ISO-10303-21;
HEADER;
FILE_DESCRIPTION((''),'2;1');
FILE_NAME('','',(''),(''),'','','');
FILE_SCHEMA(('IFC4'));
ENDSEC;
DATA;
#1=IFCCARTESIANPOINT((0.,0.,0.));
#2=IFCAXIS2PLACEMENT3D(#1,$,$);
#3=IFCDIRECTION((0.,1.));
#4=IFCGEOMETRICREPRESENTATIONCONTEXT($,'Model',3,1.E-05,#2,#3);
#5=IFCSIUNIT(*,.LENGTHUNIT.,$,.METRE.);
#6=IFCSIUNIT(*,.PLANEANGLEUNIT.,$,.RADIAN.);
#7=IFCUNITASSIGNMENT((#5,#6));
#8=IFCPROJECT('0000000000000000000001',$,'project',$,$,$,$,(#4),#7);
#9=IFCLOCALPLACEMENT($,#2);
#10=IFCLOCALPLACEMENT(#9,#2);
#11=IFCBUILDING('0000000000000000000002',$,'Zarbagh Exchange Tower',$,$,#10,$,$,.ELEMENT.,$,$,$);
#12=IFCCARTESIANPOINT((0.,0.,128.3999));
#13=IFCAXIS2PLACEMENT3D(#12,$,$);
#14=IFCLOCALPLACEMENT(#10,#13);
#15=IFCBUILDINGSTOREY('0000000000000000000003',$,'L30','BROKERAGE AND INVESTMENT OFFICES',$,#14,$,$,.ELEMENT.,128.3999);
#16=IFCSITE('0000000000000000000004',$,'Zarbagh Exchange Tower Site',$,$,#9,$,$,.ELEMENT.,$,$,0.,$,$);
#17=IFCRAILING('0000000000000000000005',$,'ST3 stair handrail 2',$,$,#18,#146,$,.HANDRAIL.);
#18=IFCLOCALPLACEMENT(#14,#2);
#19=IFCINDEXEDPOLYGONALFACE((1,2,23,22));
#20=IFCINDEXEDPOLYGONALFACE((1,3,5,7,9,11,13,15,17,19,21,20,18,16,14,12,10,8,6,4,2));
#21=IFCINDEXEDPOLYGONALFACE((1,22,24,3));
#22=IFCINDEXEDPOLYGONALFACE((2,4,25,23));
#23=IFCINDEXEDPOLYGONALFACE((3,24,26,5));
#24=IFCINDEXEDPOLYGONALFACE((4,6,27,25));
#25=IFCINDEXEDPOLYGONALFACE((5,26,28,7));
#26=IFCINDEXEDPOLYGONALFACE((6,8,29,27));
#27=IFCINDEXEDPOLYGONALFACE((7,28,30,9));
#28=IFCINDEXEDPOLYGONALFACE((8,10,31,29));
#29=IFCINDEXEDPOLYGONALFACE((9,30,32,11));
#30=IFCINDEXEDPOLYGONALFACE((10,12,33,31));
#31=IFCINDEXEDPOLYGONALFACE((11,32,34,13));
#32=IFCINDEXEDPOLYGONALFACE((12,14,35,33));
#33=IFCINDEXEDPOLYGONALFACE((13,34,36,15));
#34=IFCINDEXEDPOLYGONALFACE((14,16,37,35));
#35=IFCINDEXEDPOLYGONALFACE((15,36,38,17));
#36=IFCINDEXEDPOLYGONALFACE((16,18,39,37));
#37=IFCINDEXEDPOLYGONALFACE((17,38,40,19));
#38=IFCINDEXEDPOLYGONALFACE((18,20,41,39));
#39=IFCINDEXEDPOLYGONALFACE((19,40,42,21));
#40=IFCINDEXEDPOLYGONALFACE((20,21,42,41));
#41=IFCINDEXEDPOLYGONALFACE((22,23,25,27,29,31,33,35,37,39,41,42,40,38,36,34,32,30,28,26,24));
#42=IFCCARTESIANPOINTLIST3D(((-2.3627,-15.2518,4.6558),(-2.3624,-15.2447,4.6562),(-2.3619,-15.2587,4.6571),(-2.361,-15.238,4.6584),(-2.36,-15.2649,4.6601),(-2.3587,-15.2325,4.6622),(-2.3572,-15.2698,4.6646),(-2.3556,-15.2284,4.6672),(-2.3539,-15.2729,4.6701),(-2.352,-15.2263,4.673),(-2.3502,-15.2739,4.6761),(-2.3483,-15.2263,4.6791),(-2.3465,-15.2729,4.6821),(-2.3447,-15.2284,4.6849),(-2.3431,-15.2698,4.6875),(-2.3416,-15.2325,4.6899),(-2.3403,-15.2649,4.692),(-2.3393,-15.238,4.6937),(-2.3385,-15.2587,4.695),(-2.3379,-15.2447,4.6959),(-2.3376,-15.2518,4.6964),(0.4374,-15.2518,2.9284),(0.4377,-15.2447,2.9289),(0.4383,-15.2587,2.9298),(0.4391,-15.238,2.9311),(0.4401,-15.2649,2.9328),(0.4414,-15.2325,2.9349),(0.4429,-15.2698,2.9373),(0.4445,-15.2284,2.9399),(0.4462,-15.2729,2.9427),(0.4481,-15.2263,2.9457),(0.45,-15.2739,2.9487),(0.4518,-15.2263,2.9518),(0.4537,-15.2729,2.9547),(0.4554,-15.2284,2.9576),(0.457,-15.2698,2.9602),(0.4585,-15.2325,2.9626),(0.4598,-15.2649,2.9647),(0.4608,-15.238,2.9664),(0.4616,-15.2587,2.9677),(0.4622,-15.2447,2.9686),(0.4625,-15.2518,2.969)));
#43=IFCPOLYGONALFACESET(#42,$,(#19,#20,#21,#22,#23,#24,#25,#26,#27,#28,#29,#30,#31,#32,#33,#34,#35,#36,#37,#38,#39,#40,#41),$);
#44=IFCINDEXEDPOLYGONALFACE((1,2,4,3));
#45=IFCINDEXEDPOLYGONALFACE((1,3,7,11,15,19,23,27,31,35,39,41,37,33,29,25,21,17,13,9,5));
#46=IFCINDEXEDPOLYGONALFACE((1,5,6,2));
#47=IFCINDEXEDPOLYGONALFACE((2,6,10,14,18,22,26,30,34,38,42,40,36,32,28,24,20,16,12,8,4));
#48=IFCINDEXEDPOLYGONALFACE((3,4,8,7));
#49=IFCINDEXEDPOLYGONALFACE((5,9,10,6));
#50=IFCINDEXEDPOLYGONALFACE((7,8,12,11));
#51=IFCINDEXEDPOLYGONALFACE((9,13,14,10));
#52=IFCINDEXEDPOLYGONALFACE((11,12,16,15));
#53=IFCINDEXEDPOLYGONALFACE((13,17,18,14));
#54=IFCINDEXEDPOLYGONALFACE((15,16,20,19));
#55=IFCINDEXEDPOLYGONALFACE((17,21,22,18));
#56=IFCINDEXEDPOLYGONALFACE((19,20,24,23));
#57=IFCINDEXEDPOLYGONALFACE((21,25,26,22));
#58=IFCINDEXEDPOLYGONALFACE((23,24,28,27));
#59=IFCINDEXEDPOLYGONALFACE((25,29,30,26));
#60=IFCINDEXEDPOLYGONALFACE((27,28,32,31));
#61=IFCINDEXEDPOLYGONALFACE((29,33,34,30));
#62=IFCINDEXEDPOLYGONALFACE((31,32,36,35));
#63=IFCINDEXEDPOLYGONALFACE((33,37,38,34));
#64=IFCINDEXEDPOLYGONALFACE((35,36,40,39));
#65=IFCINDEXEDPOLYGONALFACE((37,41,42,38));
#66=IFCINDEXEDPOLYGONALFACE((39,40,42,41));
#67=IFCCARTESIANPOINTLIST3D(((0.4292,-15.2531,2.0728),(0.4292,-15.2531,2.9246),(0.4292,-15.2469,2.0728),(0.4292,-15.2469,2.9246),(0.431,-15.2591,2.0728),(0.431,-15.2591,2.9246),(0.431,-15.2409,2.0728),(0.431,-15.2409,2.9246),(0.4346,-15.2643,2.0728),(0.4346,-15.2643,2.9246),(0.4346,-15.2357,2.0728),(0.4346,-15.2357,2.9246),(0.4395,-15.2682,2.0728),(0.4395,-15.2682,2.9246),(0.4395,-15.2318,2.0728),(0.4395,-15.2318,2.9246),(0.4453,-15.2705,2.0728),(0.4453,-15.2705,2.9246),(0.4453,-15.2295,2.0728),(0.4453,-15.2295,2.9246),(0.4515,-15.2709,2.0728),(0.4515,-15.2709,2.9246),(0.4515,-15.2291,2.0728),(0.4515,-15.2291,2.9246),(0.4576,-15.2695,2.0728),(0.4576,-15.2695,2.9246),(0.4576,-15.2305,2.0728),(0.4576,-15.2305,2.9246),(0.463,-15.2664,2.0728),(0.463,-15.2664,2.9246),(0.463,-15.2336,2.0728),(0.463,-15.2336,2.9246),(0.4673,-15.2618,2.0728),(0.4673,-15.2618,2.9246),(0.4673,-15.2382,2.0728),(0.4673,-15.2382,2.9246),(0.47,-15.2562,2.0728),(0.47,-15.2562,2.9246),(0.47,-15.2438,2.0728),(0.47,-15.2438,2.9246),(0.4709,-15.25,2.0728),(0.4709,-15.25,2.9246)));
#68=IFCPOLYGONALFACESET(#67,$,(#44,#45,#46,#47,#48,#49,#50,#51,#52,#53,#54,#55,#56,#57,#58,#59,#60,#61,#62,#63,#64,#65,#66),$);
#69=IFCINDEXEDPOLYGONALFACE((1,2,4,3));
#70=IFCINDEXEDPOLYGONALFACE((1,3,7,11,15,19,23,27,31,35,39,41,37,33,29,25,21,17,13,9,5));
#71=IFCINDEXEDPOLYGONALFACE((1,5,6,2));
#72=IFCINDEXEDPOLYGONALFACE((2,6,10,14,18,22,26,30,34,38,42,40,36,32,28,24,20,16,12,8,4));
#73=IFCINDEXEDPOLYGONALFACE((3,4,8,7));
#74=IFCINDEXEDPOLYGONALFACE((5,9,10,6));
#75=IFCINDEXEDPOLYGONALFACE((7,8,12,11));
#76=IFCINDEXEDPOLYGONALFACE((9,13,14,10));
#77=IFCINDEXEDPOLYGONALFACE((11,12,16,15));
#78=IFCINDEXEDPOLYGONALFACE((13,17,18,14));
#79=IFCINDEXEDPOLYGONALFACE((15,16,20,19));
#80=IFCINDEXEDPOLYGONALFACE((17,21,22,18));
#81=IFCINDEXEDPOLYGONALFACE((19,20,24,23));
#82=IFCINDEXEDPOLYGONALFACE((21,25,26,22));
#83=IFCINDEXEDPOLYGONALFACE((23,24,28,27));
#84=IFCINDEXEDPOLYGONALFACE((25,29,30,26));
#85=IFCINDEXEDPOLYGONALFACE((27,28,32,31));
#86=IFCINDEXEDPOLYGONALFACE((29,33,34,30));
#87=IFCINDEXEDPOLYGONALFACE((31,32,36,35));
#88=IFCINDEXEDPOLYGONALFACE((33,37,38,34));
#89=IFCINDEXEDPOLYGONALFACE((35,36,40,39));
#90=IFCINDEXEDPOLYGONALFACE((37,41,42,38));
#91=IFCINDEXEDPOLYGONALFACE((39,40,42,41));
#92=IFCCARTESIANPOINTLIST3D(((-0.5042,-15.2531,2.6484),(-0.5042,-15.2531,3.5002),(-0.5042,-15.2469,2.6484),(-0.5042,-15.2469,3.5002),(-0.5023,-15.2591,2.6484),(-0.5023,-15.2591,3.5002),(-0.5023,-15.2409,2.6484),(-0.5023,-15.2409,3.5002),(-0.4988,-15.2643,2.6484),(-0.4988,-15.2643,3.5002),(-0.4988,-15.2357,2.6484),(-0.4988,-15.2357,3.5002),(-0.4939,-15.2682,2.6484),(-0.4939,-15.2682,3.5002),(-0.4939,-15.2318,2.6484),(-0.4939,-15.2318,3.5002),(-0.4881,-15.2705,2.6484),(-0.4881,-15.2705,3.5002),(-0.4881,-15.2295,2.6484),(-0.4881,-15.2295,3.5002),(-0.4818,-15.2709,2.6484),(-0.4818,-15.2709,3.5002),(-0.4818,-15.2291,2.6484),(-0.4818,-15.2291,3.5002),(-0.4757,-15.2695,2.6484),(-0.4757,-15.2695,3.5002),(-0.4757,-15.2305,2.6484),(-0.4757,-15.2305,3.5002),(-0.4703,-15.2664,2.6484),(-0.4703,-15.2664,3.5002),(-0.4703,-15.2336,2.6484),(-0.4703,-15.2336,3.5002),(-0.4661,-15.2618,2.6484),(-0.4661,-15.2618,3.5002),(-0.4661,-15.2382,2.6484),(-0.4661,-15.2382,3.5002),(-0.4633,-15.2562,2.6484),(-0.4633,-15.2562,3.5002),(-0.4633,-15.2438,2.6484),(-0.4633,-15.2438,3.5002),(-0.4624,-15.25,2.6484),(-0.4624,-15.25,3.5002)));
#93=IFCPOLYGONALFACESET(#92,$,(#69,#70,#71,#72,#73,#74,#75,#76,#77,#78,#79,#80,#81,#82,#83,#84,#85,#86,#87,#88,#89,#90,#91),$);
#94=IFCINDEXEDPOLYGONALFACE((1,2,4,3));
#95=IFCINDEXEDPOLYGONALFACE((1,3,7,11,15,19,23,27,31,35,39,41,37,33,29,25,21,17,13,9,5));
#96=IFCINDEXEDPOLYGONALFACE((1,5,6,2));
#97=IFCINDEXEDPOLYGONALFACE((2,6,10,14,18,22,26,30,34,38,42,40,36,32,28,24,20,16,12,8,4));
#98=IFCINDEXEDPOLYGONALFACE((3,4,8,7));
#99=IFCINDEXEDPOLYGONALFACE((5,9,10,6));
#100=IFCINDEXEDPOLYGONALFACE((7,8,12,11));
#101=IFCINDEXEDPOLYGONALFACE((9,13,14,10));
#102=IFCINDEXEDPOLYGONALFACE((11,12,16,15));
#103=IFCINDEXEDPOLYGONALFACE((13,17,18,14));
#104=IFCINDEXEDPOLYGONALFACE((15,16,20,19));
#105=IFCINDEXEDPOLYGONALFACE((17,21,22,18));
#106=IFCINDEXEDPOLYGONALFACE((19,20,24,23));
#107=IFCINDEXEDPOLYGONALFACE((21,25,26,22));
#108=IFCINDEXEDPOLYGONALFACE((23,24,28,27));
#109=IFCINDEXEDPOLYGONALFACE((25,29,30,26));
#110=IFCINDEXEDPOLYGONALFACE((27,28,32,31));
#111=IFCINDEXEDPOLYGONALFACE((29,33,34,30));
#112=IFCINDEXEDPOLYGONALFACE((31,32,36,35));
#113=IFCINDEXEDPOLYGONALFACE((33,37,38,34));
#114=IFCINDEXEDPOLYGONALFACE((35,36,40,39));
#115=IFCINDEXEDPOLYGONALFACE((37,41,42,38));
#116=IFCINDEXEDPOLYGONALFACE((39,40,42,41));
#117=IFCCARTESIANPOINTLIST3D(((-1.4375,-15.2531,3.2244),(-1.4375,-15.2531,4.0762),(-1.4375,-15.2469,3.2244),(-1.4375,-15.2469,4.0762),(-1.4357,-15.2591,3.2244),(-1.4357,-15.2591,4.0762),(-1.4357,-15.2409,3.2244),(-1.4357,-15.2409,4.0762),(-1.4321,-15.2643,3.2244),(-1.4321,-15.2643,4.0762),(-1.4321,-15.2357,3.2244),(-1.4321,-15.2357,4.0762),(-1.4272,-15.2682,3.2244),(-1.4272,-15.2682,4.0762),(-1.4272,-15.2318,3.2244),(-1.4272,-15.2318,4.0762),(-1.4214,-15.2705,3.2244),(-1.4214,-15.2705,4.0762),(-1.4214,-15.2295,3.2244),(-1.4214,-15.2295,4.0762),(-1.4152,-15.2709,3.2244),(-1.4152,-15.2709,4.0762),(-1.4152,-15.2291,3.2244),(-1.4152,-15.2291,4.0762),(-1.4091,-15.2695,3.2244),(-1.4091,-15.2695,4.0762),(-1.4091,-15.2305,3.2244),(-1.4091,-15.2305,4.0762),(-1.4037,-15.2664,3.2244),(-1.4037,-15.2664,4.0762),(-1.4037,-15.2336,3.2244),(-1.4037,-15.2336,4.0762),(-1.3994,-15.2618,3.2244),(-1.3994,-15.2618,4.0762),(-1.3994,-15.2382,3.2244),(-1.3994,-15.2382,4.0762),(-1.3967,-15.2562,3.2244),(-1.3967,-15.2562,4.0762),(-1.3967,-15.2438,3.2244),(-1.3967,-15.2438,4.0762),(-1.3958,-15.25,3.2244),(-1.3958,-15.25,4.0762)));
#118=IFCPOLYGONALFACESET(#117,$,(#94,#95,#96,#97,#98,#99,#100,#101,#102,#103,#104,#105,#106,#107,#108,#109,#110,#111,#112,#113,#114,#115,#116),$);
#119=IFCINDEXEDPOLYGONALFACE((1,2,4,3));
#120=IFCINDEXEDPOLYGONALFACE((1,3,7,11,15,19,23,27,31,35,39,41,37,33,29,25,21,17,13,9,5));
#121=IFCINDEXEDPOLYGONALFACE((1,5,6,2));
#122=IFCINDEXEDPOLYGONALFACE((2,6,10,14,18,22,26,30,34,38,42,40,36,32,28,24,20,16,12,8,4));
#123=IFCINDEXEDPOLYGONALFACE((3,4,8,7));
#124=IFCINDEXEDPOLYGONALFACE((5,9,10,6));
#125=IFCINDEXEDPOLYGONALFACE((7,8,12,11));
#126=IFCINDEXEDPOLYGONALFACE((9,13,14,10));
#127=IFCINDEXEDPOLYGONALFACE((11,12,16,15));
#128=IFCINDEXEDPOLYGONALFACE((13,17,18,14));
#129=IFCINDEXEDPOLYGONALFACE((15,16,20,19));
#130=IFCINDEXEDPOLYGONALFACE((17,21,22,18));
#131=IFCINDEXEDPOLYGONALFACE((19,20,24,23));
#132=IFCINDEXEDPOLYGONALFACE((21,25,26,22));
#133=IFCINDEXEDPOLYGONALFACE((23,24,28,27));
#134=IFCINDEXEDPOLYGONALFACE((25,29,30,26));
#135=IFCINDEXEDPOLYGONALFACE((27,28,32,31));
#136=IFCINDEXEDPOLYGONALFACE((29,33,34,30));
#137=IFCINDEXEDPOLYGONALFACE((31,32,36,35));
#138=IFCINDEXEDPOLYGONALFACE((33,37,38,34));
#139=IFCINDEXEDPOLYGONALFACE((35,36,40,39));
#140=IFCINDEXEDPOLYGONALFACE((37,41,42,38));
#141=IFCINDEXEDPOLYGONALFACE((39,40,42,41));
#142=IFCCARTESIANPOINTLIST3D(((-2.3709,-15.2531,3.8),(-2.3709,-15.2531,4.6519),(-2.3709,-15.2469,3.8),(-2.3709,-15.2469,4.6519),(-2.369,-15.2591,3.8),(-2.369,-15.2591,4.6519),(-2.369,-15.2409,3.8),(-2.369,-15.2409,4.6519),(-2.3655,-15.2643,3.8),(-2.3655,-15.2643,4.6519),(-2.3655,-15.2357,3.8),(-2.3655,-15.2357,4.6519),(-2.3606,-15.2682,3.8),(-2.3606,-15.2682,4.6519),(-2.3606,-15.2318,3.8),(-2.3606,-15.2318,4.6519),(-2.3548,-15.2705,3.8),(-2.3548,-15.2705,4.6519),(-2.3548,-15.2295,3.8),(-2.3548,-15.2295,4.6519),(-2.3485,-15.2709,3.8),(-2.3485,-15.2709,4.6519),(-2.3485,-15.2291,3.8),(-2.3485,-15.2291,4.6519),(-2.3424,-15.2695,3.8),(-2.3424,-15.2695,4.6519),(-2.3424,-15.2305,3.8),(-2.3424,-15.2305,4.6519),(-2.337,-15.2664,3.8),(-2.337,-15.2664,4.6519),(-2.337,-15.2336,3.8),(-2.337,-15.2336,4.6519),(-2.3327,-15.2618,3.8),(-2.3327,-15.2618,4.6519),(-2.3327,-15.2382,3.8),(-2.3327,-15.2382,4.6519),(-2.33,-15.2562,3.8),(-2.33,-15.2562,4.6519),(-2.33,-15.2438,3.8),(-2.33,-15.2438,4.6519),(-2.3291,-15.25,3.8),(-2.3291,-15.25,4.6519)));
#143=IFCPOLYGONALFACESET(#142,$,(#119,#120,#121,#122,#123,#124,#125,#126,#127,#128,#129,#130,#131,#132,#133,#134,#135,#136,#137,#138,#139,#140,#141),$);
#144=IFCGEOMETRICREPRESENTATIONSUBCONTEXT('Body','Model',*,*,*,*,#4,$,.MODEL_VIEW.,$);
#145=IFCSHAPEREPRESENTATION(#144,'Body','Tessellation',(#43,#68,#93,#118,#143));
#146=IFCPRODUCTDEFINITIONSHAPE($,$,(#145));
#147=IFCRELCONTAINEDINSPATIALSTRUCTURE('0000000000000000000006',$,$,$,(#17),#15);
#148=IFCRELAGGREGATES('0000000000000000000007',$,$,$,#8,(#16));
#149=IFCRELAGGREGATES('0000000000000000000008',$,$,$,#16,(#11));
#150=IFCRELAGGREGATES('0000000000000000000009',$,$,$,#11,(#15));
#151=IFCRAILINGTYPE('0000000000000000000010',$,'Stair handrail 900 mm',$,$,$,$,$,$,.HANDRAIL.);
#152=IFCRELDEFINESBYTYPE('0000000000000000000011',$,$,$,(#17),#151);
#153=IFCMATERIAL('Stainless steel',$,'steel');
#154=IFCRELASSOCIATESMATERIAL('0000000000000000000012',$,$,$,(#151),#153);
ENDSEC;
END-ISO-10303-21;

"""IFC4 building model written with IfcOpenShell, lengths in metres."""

from ifc_helpers import new_model, si_unit, direction, frame, origin, origin_2d, place, context, subcontext, project, spatial, circle, extrude, material, type_object, element, save


model = new_model("IFC4")

# Units and contexts
model_context = context("Model", 3, precision=1e-05, world=origin(), true_north=direction((0.0, 1.0)))
body_context = subcontext(model_context, "Body", "Model", "MODEL_VIEW")
ifc_project = project(units=[si_unit("LENGTHUNIT", "METRE"), si_unit("PLANEANGLEUNIT", "RADIAN")], contexts=[model_context])

# Site, building, storey
site_placement = place(None, origin())
site = spatial("IfcSite", under=ifc_project, at=site_placement, Name="Zarbagh Exchange Tower Site", CompositionType="ELEMENT", RefElevation=0.0)
building_placement = place(site_placement, origin())
building = spatial("IfcBuilding", under=site, at=building_placement, Name="Zarbagh Exchange Tower", CompositionType="ELEMENT")
storey_placement = place(building_placement, frame((0.0, 0.0, 128.3999)))
storey = spatial("IfcBuildingStorey", under=building, at=storey_placement, Name="L30", Description="BROKERAGE AND INVESTMENT OFFICES", CompositionType="ELEMENT", Elevation=128.3999)

# Railing
ifc_material_1 = material(Name="Stainless steel", Category="steel")
railing_type_1 = type_object("IfcRailingType", Name="Stair handrail 900 mm", PredefinedType="HANDRAIL", material=ifc_material_1)
railing_1_placement = place(storey_placement, frame((0.45, -15.25, 2.0728)))
element("IfcRailing", 1, at=railing_1_placement, inside=storey, type_object=railing_type_1, Name="ST3 stair handrail 2", PredefinedType="HANDRAIL", context=body_context, shape_type="SweptSolid", body=[
    extrude(circle(Radius=0.0239, at=origin_2d()), frame((0.0, 0.0, 0.876), z_axis=(-0.85109, 0.0, 0.52502), x_axis=(0.0, -1.0, 0.0)), (0.0, 0.0, 1.0), 3.29),
    extrude(circle(Radius=0.021, at=origin_2d()), origin(), (0.0, 0.0, 1.0), 0.8518),
    extrude(circle(Radius=0.021, at=origin_2d()), frame((-0.9333, 0.0, 0.5757)), (0.0, 0.0, 1.0), 0.8518),
    extrude(circle(Radius=0.021, at=origin_2d()), frame((-1.8667, 0.0, 1.1516)), (0.0, 0.0, 1.0), 0.8518),
    extrude(circle(Radius=0.021, at=origin_2d()), frame((-2.8, 0.0, 1.7273)), (0.0, 0.0, 1.0), 0.8518),
])

save(model, "model.ifc")
